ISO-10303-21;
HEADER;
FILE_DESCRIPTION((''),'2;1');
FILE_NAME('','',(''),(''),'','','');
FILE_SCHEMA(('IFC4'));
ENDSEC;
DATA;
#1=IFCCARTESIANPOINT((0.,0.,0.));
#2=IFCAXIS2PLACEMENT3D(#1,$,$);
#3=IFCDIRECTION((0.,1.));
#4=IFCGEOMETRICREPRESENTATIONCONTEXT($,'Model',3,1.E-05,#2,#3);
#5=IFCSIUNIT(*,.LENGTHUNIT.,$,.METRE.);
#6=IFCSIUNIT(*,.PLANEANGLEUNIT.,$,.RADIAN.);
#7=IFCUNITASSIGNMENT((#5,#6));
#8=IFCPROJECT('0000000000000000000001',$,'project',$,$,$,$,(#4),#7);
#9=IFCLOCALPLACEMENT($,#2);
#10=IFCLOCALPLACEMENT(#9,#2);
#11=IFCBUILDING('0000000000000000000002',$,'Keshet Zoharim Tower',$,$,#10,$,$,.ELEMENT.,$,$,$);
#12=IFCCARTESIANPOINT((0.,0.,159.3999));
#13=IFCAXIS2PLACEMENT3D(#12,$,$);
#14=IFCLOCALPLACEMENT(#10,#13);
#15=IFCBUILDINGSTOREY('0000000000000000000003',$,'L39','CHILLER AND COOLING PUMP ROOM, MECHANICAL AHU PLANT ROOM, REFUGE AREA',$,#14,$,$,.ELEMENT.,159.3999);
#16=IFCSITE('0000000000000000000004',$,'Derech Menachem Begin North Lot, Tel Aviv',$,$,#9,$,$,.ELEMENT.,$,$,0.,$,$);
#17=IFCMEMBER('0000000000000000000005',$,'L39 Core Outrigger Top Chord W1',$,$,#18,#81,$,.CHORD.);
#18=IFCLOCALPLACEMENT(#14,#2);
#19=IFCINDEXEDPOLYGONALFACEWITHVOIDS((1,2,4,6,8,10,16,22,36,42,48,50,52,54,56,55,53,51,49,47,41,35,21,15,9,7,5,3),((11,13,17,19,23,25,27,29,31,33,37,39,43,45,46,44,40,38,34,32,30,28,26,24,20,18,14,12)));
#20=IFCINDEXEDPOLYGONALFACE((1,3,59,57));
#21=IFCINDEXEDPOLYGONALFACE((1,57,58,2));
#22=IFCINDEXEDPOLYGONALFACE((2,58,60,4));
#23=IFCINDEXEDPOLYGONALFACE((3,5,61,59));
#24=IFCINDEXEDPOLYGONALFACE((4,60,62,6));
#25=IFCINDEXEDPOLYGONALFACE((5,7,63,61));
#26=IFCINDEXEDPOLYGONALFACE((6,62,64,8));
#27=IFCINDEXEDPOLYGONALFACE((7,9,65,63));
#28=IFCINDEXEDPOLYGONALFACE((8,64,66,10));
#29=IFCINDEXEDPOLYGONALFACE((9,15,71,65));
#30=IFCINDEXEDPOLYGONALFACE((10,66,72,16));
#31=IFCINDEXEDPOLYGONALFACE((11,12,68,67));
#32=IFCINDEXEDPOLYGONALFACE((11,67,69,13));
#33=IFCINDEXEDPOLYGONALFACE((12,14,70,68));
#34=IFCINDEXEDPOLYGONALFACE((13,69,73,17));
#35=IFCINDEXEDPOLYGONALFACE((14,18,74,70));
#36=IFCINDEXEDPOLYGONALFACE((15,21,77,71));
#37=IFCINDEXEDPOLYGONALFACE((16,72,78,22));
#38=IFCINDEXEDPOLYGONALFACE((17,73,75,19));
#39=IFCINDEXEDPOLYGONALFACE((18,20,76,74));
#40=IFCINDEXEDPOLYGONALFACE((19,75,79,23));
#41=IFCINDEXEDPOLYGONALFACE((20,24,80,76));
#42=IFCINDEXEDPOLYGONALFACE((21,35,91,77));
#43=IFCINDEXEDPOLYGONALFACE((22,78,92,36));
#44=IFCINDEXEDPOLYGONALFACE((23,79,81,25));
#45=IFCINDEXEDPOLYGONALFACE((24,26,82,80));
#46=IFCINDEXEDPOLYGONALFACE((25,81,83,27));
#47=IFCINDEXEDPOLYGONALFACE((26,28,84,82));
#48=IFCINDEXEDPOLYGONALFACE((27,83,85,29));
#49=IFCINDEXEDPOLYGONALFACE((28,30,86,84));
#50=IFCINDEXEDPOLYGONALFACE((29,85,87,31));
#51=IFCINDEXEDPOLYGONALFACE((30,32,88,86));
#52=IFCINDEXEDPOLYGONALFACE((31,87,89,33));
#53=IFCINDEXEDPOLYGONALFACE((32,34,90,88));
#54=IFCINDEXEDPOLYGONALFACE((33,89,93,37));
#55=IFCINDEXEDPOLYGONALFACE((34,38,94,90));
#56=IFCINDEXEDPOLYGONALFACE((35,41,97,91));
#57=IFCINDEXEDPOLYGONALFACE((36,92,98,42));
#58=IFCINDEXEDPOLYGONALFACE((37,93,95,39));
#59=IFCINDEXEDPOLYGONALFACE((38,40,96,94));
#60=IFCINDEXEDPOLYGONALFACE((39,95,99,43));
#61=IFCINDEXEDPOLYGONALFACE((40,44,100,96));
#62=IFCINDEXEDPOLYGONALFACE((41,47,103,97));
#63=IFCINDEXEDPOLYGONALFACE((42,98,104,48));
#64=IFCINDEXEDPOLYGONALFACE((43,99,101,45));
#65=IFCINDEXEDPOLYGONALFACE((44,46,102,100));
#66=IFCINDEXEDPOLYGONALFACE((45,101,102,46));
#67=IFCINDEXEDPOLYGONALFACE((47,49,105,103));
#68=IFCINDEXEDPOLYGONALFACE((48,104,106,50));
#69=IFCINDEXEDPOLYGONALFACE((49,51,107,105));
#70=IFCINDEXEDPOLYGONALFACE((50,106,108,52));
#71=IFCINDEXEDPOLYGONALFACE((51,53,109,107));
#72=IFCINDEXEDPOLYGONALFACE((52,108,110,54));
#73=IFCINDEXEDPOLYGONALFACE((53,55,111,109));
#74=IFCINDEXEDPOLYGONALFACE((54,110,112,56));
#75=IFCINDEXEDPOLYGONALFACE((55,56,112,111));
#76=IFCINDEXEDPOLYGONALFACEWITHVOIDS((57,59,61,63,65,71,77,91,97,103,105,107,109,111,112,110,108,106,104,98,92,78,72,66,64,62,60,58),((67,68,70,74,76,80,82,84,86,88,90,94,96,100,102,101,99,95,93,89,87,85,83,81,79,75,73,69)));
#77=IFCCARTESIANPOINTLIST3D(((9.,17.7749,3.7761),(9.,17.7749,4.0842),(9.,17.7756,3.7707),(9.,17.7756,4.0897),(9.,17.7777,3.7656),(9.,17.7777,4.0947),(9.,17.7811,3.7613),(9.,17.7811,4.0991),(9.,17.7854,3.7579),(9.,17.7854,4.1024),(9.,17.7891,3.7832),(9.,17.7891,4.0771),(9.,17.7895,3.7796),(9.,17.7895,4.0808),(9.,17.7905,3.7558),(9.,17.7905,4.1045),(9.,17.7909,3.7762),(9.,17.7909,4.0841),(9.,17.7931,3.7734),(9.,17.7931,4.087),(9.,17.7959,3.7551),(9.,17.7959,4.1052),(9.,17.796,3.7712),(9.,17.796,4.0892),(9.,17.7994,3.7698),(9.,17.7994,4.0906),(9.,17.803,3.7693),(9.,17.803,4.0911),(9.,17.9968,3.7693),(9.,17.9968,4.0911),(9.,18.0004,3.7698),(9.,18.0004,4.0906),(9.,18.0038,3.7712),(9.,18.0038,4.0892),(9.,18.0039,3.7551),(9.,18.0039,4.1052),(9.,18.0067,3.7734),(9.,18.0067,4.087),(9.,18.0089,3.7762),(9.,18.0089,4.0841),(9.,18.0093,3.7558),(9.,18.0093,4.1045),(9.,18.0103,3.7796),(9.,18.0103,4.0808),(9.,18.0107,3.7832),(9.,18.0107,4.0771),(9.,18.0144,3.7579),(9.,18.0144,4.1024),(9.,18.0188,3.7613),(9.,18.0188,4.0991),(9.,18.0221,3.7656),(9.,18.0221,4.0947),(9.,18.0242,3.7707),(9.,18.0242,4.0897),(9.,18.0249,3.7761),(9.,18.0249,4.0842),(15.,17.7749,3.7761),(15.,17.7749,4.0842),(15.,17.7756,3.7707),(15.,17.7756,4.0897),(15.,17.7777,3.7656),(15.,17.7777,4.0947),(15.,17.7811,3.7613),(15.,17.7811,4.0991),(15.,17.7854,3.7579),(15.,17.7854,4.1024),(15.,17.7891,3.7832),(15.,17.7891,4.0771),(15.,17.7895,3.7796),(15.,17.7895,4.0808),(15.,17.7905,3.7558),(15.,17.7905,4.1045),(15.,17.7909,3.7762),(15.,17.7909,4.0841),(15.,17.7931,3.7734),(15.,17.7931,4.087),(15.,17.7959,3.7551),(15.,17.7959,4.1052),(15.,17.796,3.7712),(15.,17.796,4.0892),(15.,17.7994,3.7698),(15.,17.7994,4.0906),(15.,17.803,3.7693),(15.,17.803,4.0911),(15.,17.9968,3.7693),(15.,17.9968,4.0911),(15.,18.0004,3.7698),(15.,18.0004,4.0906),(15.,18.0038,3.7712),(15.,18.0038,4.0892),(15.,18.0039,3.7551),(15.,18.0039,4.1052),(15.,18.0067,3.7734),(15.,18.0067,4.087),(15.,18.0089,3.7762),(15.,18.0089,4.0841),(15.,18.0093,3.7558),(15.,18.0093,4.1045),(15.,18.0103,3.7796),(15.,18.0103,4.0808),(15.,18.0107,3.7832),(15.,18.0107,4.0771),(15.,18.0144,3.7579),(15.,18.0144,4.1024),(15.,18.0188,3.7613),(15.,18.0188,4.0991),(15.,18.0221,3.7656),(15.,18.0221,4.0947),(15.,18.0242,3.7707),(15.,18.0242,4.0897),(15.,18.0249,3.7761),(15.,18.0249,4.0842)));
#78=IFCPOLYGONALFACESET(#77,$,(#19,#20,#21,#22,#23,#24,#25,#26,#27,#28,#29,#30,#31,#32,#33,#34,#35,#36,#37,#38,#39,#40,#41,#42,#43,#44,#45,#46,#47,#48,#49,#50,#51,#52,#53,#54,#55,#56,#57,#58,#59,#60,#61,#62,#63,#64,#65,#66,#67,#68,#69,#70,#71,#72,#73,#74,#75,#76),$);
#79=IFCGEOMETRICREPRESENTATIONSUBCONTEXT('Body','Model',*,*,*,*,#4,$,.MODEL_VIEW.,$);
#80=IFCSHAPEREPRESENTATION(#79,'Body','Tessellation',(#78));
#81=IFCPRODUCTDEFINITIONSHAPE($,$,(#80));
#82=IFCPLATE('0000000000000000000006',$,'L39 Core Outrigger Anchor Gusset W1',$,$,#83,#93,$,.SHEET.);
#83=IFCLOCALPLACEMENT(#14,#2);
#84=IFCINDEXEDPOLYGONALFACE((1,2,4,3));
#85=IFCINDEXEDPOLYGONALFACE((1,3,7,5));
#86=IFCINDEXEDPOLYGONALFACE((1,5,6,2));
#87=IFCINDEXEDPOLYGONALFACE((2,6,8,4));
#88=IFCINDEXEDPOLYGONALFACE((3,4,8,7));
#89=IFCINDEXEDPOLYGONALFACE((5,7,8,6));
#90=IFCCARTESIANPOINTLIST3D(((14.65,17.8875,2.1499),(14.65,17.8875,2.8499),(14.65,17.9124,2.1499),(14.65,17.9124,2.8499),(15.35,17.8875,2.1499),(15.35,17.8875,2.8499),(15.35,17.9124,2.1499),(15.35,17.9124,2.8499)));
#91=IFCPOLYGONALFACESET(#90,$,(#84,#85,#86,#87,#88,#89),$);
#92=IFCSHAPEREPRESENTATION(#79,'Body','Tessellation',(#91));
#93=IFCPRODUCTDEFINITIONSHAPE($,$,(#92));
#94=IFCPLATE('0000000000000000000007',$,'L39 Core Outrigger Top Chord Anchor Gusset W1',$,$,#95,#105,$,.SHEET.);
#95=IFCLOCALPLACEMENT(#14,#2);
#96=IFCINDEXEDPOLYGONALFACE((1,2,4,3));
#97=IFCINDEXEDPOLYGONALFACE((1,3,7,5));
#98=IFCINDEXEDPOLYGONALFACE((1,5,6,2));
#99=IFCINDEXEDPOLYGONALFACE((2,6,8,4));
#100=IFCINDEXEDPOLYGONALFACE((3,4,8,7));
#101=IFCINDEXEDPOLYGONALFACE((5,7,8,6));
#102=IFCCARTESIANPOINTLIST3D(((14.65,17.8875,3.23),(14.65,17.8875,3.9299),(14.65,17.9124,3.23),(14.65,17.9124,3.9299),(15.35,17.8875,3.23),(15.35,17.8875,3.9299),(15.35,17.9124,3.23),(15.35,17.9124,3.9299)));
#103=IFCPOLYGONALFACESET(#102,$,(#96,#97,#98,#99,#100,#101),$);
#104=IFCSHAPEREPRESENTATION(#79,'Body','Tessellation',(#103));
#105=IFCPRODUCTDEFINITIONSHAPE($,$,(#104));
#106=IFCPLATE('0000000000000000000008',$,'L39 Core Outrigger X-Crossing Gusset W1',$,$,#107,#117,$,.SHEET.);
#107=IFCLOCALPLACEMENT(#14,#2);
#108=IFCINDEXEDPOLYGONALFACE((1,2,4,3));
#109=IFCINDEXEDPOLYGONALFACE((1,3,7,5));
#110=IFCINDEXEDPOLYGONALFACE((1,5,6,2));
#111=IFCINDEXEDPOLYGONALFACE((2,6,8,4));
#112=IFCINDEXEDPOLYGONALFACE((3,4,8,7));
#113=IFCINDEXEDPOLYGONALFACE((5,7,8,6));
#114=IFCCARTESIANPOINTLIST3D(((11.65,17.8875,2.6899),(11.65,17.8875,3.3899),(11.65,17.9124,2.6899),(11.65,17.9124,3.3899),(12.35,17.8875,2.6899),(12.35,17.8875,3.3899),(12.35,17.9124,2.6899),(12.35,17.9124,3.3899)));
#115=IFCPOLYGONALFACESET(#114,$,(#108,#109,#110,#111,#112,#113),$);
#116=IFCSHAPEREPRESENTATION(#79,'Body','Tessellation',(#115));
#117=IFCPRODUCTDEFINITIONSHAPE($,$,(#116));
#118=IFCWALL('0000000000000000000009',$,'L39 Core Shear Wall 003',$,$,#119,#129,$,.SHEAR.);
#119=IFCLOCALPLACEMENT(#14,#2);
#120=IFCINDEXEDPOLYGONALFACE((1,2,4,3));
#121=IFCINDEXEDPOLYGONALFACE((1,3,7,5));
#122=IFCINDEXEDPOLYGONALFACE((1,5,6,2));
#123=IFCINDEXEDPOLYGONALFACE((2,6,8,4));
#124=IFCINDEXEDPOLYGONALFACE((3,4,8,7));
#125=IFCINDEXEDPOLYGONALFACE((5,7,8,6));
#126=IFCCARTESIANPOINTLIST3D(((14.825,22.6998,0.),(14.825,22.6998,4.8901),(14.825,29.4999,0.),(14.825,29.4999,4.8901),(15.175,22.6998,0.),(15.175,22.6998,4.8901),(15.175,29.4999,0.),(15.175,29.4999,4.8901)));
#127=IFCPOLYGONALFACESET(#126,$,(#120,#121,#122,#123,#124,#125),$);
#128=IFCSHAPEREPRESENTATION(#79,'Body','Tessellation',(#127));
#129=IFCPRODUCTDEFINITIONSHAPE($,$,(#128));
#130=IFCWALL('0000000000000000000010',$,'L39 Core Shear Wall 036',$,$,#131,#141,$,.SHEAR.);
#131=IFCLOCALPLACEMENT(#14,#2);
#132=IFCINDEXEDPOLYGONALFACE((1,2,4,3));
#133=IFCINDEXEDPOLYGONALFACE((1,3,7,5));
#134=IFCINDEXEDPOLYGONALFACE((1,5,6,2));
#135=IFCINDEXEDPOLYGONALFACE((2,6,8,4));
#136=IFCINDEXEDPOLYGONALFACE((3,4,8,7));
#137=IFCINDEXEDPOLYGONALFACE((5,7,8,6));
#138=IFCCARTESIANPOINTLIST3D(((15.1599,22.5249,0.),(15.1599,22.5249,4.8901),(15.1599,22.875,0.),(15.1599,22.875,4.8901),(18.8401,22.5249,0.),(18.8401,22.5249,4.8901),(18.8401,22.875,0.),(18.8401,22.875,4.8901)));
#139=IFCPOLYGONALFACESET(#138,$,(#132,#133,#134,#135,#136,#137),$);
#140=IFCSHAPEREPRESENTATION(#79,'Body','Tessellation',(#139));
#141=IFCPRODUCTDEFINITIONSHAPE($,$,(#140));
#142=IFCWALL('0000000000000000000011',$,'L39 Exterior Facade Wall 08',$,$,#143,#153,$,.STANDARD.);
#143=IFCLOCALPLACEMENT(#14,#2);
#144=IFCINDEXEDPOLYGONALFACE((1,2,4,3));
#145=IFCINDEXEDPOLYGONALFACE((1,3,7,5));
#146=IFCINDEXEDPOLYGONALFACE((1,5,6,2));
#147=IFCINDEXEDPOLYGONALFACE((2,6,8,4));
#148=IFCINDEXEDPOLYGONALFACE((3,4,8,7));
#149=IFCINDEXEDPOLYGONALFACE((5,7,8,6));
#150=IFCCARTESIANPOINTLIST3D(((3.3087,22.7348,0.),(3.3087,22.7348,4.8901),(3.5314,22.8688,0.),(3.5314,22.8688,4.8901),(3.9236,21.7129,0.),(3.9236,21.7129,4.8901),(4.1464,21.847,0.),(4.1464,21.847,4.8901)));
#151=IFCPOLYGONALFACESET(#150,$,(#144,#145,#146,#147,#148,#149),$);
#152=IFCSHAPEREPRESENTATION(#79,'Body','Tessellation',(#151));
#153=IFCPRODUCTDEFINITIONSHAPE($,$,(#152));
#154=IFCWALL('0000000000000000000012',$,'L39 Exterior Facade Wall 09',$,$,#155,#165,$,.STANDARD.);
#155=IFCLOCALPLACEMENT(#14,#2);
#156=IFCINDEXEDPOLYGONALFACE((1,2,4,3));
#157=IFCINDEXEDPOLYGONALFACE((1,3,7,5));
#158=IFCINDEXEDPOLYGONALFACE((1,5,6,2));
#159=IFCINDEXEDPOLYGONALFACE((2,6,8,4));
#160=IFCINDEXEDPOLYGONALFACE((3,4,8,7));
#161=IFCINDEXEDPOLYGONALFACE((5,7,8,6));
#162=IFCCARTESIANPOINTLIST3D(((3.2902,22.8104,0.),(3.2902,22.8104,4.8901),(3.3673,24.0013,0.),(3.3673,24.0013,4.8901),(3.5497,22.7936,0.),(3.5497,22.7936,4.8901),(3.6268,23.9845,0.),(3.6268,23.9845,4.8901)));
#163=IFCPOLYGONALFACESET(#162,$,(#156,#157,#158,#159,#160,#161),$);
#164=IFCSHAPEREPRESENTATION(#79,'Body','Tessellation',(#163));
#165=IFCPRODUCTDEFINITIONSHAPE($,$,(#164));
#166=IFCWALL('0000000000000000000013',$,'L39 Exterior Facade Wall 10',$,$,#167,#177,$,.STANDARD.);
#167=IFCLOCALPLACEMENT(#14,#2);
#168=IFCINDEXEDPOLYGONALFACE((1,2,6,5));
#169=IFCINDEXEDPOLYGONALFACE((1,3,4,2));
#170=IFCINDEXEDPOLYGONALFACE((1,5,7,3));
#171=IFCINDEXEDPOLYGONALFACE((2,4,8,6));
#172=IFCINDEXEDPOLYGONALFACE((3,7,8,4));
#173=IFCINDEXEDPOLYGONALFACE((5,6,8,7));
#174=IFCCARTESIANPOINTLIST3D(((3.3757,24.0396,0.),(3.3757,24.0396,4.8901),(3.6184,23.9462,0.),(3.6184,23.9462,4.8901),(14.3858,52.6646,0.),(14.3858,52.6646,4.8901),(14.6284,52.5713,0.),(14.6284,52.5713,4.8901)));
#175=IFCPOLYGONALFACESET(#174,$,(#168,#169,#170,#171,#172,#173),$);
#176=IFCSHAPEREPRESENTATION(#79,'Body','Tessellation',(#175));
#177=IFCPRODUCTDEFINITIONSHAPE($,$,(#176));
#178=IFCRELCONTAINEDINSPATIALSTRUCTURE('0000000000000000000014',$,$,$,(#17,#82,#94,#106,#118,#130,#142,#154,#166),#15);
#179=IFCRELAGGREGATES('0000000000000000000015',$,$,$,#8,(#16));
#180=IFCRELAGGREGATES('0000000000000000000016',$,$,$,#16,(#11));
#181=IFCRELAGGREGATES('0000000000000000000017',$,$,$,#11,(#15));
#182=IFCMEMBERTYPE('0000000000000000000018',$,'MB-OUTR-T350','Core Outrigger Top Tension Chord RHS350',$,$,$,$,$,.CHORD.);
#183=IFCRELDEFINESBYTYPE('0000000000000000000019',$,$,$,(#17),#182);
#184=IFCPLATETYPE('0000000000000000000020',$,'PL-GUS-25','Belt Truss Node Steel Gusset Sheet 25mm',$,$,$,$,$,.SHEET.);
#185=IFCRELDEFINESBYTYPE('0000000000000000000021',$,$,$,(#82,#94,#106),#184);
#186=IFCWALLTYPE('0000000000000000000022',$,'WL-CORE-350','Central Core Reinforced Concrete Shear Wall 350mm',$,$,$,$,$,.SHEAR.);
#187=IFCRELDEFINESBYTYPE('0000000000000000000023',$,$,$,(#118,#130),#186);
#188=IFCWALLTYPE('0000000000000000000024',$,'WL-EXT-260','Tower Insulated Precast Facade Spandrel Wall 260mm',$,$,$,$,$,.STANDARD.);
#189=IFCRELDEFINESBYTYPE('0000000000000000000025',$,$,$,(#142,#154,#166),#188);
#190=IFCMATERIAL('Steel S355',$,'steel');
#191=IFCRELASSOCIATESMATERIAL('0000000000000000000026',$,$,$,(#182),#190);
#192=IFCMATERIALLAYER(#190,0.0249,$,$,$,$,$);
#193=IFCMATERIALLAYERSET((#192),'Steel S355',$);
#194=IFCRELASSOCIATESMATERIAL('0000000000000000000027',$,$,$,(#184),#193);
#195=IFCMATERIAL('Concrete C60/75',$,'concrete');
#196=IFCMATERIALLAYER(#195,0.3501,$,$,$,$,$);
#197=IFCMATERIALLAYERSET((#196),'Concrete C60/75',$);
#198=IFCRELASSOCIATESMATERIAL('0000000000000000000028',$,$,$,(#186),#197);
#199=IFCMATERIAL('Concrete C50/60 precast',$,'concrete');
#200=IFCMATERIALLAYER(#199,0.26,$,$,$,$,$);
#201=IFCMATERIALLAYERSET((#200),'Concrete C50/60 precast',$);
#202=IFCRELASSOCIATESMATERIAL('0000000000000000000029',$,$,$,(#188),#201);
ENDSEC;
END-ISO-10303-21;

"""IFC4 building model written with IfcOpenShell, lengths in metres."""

from ifc_helpers import new_model, si_unit, direction, frame, frame_2d, origin, origin_2d, place, context, subcontext, project, spatial, rectangle, hollow_rectangle, extrude, material, layer, layer_set, material_profile, profile_set, type_object, element, save


model = new_model("IFC4")

# Units and contexts
model_context = context("Model", 3, precision=1e-05, world=origin(), true_north=direction((0.0, 1.0)))
body_context = subcontext(model_context, "Body", "Model", "MODEL_VIEW")
ifc_project = project(units=[si_unit("LENGTHUNIT", "METRE"), si_unit("PLANEANGLEUNIT", "RADIAN")], contexts=[model_context])

# Site, building, storey
site_placement = place(None, origin())
site = spatial("IfcSite", under=ifc_project, at=site_placement, Name="Derech Menachem Begin North Lot, Tel Aviv", CompositionType="ELEMENT", RefElevation=0.0)
building_placement = place(site_placement, origin())
building = spatial("IfcBuilding", under=site, at=building_placement, Name="Keshet Zoharim Tower", CompositionType="ELEMENT")
storey_placement = place(building_placement, frame((0.0, 0.0, 159.3999)))
storey = spatial("IfcBuildingStorey", under=building, at=storey_placement, Name="L39", Description="CHILLER AND COOLING PUMP ROOM, MECHANICAL AHU PLANT ROOM, REFUGE AREA", CompositionType="ELEMENT", Elevation=159.3999)

# Shared definitions
ifc_material_1 = material(Name="Concrete C60/75", Category="concrete")

# Shared definitions
ifc_material_2 = material(Name="Steel S355", Category="steel")

# Member
ifc_material_profile_1 = material_profile(ifc_material_2, hollow_rectangle(XDim=0.25, YDim=0.3501, WallThickness=0.0142, InnerFilletRadius=0.0139, OuterFilletRadius=0.021, at=origin_2d()), Name="RHS350x250x14.2")
ifc_profile_set_1 = profile_set([ifc_material_profile_1], Name="Steel S355")
member_type_1 = type_object("IfcMemberType", Name="MB-OUTR-T350", Description="Core Outrigger Top Tension Chord RHS350", PredefinedType="CHORD", material=ifc_profile_set_1)
member_1_placement = place(storey_placement, frame((15.0, 17.8999, 3.9302), z_axis=(-1.0, 0.0, 0.0), x_axis=(0.0, -1.0, 0.0)))
element("IfcMember", 1, at=member_1_placement, inside=storey, type_object=member_type_1, Name="L39 Core Outrigger Top Chord W1", PredefinedType="CHORD", context=body_context, shape_type="SweptSolid", body=[
    extrude(hollow_rectangle(XDim=0.25, YDim=0.3501, WallThickness=0.0142, InnerFilletRadius=0.0139, OuterFilletRadius=0.021, at=origin_2d()), origin(), (0.0, 0.0, 1.0), 6.0),
])

# Plates
ifc_layer_1 = layer(ifc_material_2, 0.0249)
ifc_layer_set_1 = layer_set([ifc_layer_1], Name="Steel S355")
plate_type = type_object("IfcPlateType", Name="PL-GUS-25", Description="Belt Truss Node Steel Gusset Sheet 25mm", PredefinedType="SHEET", material=ifc_layer_set_1)
for number, where, z_axis, x_axis, name in (
    (2, (15.0, 17.8999, 2.1499), (0.0, 0.0, 1.0), (1.0, 0.0, 0.0), "L39 Core Outrigger Anchor Gusset W1"),
    (3, (15.0, 17.8999, 3.23), (0.0, 0.0, 1.0), (1.0, 0.0, 0.0), "L39 Core Outrigger Top Chord Anchor Gusset W1"),
    (4, (12.0, 17.8999, 2.6899), (0.0, 0.0, 1.0), (1.0, 0.0, 0.0), "L39 Core Outrigger X-Crossing Gusset W1"),
):
    element("IfcPlate", number, at=place(storey_placement, frame(where, z_axis=z_axis, x_axis=x_axis)), inside=storey, type_object=plate_type, Name=name, PredefinedType="SHEET", context=body_context, shape_type="SweptSolid", body=[
        extrude(rectangle(XDim=0.7, YDim=0.0249, at=origin_2d()), origin(), (0.0, 0.0, 1.0), 0.7),
    ])

# Walls
ifc_layer_2 = layer(ifc_material_1, 0.3501)
ifc_layer_set_2 = layer_set([ifc_layer_2], Name="Concrete C60/75")
wall_type_1 = type_object("IfcWallType", Name="WL-CORE-350", Description="Central Core Reinforced Concrete Shear Wall 350mm", PredefinedType="SHEAR", material=ifc_layer_set_2)
wall_1_placement = place(storey_placement, frame((15.0, 22.7, 0.0), z_axis=(0.0, 0.0, 1.0), x_axis=(0.0, 1.0, 0.0)))
element("IfcWall", 5, at=wall_1_placement, inside=storey, type_object=wall_type_1, Name="L39 Core Shear Wall 003", PredefinedType="SHEAR", context=body_context, shape_type="SweptSolid", body=[
    extrude(rectangle(XDim=6.8, YDim=0.3501, at=frame_2d((3.3999, 0.0))), origin(), (0.0, 0.0, 1.0), 4.8901),
])
wall_2_placement = place(storey_placement, frame((15.1599, 22.7, 0.0), z_axis=(0.0, 0.0, 1.0), x_axis=(1.0, 0.0, 0.0)))
element("IfcWall", 6, at=wall_2_placement, inside=storey, type_object=wall_type_1, Name="L39 Core Shear Wall 036", PredefinedType="SHEAR", context=body_context, shape_type="SweptSolid", body=[
    extrude(rectangle(XDim=3.6802, YDim=0.3501, at=frame_2d((1.8401, 0.0))), origin(), (0.0, 0.0, 1.0), 4.8901),
])
ifc_material_3 = material(Name="Concrete C50/60 precast", Category="concrete")
ifc_layer_3 = layer(ifc_material_3, 0.26)
ifc_layer_set_3 = layer_set([ifc_layer_3], Name="Concrete C50/60 precast")
wall_type_2 = type_object("IfcWallType", Name="WL-EXT-260", Description="Tower Insulated Precast Facade Spandrel Wall 260mm", PredefinedType="STANDARD", material=ifc_layer_set_3)
wall_3_placement = place(storey_placement, frame((4.0349, 21.78, 0.0), z_axis=(0.0, 0.0, 1.0), x_axis=(-0.515609, 0.856824, 0.0)))
element("IfcWall", 7, at=wall_3_placement, inside=storey, type_object=wall_type_2, Name="L39 Exterior Facade Wall 08", PredefinedType="STANDARD", context=body_context, shape_type="SweptSolid", body=[
    extrude(rectangle(XDim=1.1926, YDim=0.26, at=frame_2d((0.5962, 0.0))), origin(), (0.0, 0.0, 1.0), 4.8901),
])
wall_4_placement = place(storey_placement, frame((3.4199, 22.802, 0.0), z_axis=(0.0, 0.0, 1.0), x_axis=(0.064645, 0.997908, 0.0)))
element("IfcWall", 8, at=wall_4_placement, inside=storey, type_object=wall_type_2, Name="L39 Exterior Facade Wall 09", PredefinedType="STANDARD", context=body_context, shape_type="SweptSolid", body=[
    extrude(rectangle(XDim=1.1934, YDim=0.26, at=frame_2d((0.5967, 0.0))), origin(), (0.0, 0.0, 1.0), 4.8901),
])
wall_5_placement = place(storey_placement, frame((3.4971, 23.9929, 0.0), z_axis=(0.0, 0.0, 1.0), x_axis=(0.35899, 0.933341, 0.0)))
element("IfcWall", 9, at=wall_5_placement, inside=storey, type_object=wall_type_2, Name="L39 Exterior Facade Wall 10", PredefinedType="STANDARD", context=body_context, shape_type="SweptSolid", body=[
    extrude(rectangle(XDim=30.6694, YDim=0.26, at=frame_2d((15.3347, 0.0))), origin(), (0.0, 0.0, 1.0), 4.8901),
])

save(model, "model.ifc")
